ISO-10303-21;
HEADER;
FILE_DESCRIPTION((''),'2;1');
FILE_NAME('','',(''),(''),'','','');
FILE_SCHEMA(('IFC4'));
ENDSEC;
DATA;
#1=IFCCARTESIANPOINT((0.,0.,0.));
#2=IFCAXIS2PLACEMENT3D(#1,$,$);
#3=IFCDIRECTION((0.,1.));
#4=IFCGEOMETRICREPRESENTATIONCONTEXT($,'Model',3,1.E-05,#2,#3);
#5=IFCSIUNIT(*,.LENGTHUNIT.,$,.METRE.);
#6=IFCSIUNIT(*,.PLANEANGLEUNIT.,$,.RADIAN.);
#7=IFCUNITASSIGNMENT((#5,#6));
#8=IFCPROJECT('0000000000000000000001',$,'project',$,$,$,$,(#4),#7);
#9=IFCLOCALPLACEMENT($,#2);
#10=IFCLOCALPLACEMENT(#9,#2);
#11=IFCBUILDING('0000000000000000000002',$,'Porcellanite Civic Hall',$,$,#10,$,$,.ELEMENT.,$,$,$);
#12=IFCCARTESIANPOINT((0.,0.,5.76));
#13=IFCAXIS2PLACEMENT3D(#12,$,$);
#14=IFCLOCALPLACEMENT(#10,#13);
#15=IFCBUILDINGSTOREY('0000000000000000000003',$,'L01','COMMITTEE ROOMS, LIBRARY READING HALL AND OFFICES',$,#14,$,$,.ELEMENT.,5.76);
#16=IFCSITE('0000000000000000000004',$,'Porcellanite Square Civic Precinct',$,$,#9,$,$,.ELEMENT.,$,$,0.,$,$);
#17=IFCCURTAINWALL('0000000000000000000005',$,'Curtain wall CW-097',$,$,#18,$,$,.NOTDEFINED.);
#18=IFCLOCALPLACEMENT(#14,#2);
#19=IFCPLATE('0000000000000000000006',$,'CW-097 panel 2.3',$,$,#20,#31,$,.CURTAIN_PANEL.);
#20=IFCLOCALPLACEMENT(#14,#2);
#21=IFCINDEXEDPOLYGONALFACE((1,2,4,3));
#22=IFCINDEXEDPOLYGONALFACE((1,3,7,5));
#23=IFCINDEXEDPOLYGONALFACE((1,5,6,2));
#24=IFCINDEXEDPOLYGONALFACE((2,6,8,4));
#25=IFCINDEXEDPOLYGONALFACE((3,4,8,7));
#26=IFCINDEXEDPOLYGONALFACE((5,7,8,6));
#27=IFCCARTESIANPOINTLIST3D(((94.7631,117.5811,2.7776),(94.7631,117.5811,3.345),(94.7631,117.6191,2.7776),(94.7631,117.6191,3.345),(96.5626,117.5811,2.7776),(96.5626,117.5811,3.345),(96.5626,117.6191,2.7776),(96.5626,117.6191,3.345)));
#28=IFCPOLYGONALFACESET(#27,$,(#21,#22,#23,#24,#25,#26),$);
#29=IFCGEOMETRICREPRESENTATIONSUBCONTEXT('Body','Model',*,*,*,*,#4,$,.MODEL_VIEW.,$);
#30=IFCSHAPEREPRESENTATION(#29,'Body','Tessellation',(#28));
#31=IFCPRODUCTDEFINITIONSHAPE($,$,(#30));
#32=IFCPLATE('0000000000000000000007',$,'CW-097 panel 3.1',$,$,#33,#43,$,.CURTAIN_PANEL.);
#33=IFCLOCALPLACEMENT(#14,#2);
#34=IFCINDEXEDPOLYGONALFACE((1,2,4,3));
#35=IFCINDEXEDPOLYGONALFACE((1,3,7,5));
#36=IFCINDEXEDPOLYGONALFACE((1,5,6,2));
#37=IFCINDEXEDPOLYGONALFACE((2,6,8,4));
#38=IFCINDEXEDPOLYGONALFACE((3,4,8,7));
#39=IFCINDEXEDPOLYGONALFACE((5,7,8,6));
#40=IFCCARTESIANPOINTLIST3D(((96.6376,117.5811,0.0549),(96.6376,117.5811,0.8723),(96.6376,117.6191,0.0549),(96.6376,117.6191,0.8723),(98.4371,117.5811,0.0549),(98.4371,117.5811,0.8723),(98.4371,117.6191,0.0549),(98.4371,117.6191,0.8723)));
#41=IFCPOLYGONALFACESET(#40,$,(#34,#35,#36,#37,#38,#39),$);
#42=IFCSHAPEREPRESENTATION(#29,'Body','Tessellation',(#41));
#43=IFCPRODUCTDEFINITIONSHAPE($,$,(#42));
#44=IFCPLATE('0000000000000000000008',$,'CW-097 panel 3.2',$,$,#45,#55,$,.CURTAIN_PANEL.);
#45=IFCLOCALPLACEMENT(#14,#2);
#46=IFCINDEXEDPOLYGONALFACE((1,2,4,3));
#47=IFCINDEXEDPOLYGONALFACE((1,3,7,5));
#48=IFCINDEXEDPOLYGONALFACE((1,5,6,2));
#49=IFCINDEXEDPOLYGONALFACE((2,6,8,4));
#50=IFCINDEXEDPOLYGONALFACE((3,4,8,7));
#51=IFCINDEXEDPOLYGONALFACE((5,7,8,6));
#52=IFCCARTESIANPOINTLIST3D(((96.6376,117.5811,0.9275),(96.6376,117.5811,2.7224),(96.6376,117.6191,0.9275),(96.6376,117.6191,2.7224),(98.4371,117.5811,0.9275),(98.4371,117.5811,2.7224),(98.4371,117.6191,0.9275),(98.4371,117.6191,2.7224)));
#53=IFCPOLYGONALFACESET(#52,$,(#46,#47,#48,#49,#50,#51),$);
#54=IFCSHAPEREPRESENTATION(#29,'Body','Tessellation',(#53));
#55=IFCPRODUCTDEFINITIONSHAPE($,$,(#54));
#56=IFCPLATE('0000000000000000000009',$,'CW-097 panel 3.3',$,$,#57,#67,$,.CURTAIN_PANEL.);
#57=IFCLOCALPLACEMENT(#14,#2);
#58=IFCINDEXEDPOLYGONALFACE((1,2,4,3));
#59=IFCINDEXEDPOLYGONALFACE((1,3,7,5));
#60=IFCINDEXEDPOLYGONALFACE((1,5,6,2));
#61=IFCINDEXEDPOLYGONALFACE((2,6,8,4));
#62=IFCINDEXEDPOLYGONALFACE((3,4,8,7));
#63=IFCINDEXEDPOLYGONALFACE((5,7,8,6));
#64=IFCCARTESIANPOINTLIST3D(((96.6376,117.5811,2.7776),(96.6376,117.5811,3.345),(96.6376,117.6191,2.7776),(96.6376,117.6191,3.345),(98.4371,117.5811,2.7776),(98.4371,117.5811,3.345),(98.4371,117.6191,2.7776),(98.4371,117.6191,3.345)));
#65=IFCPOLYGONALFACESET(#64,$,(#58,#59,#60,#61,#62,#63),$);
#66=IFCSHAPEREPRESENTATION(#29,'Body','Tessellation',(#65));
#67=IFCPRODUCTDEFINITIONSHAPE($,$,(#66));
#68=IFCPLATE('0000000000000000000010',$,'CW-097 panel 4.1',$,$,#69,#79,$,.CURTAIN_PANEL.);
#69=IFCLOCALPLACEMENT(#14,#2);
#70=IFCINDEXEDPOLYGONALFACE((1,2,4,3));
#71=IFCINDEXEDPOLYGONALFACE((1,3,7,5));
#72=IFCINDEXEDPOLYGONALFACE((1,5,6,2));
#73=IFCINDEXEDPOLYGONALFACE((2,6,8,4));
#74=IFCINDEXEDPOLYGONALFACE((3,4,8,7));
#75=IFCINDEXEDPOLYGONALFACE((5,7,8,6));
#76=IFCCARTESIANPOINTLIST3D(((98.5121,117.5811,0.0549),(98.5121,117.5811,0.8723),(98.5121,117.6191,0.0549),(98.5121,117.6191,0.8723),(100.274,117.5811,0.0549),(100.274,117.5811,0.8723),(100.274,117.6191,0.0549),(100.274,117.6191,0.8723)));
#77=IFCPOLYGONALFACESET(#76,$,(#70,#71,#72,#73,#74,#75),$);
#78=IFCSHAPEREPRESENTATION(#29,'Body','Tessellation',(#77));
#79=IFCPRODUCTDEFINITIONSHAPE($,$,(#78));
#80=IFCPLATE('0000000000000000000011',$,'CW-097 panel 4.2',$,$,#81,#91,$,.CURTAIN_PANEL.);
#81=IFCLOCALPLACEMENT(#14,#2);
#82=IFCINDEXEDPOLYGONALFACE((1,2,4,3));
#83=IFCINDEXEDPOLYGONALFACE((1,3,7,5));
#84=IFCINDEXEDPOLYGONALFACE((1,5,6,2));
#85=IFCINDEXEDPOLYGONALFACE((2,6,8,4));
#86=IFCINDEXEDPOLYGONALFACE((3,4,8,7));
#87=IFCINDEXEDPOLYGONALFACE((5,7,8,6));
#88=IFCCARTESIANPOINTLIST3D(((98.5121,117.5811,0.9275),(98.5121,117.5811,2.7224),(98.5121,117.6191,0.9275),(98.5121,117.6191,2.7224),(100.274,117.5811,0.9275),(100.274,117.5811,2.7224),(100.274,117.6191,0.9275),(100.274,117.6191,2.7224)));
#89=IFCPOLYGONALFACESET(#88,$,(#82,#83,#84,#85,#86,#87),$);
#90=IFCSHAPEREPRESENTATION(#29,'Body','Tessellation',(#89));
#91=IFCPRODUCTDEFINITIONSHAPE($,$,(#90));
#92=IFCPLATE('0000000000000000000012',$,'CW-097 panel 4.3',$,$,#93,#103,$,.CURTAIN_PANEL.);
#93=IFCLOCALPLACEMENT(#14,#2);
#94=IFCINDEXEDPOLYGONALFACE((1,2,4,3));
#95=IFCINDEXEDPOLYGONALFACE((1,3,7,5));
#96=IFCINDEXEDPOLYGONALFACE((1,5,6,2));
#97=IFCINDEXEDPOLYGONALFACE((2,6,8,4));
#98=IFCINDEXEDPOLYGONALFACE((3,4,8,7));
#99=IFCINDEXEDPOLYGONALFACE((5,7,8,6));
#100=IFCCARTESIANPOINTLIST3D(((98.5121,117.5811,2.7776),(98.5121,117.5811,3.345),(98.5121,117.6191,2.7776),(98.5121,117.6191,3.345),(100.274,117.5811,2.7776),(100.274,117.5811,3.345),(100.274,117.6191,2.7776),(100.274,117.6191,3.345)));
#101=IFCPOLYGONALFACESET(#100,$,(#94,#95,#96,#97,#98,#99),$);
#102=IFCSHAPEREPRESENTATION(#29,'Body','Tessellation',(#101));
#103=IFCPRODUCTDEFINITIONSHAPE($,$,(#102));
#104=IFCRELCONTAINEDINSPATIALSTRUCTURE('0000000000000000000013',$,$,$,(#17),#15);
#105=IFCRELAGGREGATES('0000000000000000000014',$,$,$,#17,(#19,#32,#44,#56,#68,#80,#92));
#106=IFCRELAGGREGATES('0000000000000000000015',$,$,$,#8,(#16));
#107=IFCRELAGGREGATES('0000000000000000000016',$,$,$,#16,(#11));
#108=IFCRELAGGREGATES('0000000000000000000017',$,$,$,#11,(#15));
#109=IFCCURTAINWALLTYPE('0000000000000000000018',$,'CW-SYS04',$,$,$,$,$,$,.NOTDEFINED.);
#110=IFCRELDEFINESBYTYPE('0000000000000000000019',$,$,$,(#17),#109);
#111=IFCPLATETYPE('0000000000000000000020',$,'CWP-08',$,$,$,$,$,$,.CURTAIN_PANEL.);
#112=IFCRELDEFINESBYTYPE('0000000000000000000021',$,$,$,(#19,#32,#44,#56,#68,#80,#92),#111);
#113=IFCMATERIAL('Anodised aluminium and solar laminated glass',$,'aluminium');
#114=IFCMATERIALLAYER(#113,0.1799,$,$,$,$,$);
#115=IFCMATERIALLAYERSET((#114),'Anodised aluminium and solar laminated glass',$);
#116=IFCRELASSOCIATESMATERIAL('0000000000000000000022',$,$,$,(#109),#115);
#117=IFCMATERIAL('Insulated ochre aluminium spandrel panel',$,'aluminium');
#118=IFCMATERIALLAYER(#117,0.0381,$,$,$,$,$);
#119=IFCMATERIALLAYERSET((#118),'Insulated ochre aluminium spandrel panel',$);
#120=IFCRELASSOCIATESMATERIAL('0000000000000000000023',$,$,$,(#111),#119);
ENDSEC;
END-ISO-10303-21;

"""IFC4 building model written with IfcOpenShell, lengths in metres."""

from ifc_helpers import new_model, si_unit, direction, frame, origin, origin_2d, place, context, subcontext, project, spatial, rectangle, extrude, material, layer, layer_set, type_object, element, aggregate, save


model = new_model("IFC4")

# Units and contexts
model_context = context("Model", 3, precision=1e-05, world=origin(), true_north=direction((0.0, 1.0)))
body_context = subcontext(model_context, "Body", "Model", "MODEL_VIEW")
ifc_project = project(units=[si_unit("LENGTHUNIT", "METRE"), si_unit("PLANEANGLEUNIT", "RADIAN")], contexts=[model_context])

# Site, building, storey
site_placement = place(None, origin())
site = spatial("IfcSite", under=ifc_project, at=site_placement, Name="Porcellanite Square Civic Precinct", CompositionType="ELEMENT", RefElevation=0.0)
building_placement = place(site_placement, origin())
building = spatial("IfcBuilding", under=site, at=building_placement, Name="Porcellanite Civic Hall", CompositionType="ELEMENT")
storey_placement = place(building_placement, frame((0.0, 0.0, 5.76)))
storey = spatial("IfcBuildingStorey", under=building, at=storey_placement, Name="L01", Description="COMMITTEE ROOMS, LIBRARY READING HALL AND OFFICES", CompositionType="ELEMENT", Elevation=5.76)

# Curtain wall
ifc_material_1 = material(Name="Anodised aluminium and solar laminated glass", Category="aluminium")
ifc_layer_1 = layer(ifc_material_1, 0.1799)
ifc_layer_set_1 = layer_set([ifc_layer_1], Name="Anodised aluminium and solar laminated glass")
curtain_wall_type = type_object("IfcCurtainWallType", Name="CW-SYS04", PredefinedType="NOTDEFINED", material=ifc_layer_set_1)
curtain_wall_placement = place(storey_placement, origin())
curtain_wall = element("IfcCurtainWall", 1, at=curtain_wall_placement, inside=storey, type_object=curtain_wall_type, Name="Curtain wall CW-097", PredefinedType="NOTDEFINED")

# Plates
ifc_material_2 = material(Name="Insulated ochre aluminium spandrel panel", Category="aluminium")
ifc_layer_2 = layer(ifc_material_2, 0.0381)
ifc_layer_set_2 = layer_set([ifc_layer_2], Name="Insulated ochre aluminium spandrel panel")
plate_type = type_object("IfcPlateType", Name="CWP-08", PredefinedType="CURTAIN_PANEL", material=ifc_layer_set_2)
plate_1_placement = place(storey_placement, frame((95.6628, 117.6001, 2.7776), z_axis=(0.0, 0.0, 1.0), x_axis=(1.0, 0.0, 0.0)))
plate_1 = element("IfcPlate", 2, at=plate_1_placement, type_object=plate_type, Name="CW-097 panel 2.3", PredefinedType="CURTAIN_PANEL", context=body_context, shape_type="SweptSolid", body=[
    extrude(rectangle(XDim=1.7996, YDim=0.0381, at=origin_2d()), origin(), (0.0, 0.0, 1.0), 0.5674),
])
plate_2_placement = place(storey_placement, frame((97.5374, 117.6001, 0.0549), z_axis=(0.0, 0.0, 1.0), x_axis=(1.0, 0.0, 0.0)))
plate_2 = element("IfcPlate", 3, at=plate_2_placement, type_object=plate_type, Name="CW-097 panel 3.1", PredefinedType="CURTAIN_PANEL", context=body_context, shape_type="SweptSolid", body=[
    extrude(rectangle(XDim=1.7996, YDim=0.0381, at=origin_2d()), origin(), (0.0, 0.0, 1.0), 0.8174),
])
plate_3_placement = place(storey_placement, frame((97.5374, 117.6001, 0.9275), z_axis=(0.0, 0.0, 1.0), x_axis=(1.0, 0.0, 0.0)))
plate_3 = element("IfcPlate", 4, at=plate_3_placement, type_object=plate_type, Name="CW-097 panel 3.2", PredefinedType="CURTAIN_PANEL", context=body_context, shape_type="SweptSolid", body=[
    extrude(rectangle(XDim=1.7996, YDim=0.0381, at=origin_2d()), origin(), (0.0, 0.0, 1.0), 1.7949),
])
plate_4_placement = place(storey_placement, frame((97.5374, 117.6001, 2.7776), z_axis=(0.0, 0.0, 1.0), x_axis=(1.0, 0.0, 0.0)))
plate_4 = element("IfcPlate", 5, at=plate_4_placement, type_object=plate_type, Name="CW-097 panel 3.3", PredefinedType="CURTAIN_PANEL", context=body_context, shape_type="SweptSolid", body=[
    extrude(rectangle(XDim=1.7996, YDim=0.0381, at=origin_2d()), origin(), (0.0, 0.0, 1.0), 0.5674),
])
plate_5_placement = place(storey_placement, frame((99.3931, 117.6001, 0.0549), z_axis=(0.0, 0.0, 1.0), x_axis=(1.0, 0.0, 0.0)))
plate_5 = element("IfcPlate", 6, at=plate_5_placement, type_object=plate_type, Name="CW-097 panel 4.1", PredefinedType="CURTAIN_PANEL", context=body_context, shape_type="SweptSolid", body=[
    extrude(rectangle(XDim=1.762, YDim=0.0381, at=origin_2d()), origin(), (0.0, 0.0, 1.0), 0.8174),
])
plate_6_placement = place(storey_placement, frame((99.3931, 117.6001, 0.9275), z_axis=(0.0, 0.0, 1.0), x_axis=(1.0, 0.0, 0.0)))
plate_6 = element("IfcPlate", 7, at=plate_6_placement, type_object=plate_type, Name="CW-097 panel 4.2", PredefinedType="CURTAIN_PANEL", context=body_context, shape_type="SweptSolid", body=[
    extrude(rectangle(XDim=1.762, YDim=0.0381, at=origin_2d()), origin(), (0.0, 0.0, 1.0), 1.7949),
])
plate_7_placement = place(storey_placement, frame((99.3931, 117.6001, 2.7776), z_axis=(0.0, 0.0, 1.0), x_axis=(1.0, 0.0, 0.0)))
plate_7 = element("IfcPlate", 8, at=plate_7_placement, type_object=plate_type, Name="CW-097 panel 4.3", PredefinedType="CURTAIN_PANEL", context=body_context, shape_type="SweptSolid", body=[
    extrude(rectangle(XDim=1.762, YDim=0.0381, at=origin_2d()), origin(), (0.0, 0.0, 1.0), 0.5674),
])
aggregate(curtain_wall, [plate_1, plate_2, plate_3, plate_4, plate_5, plate_6, plate_7])

save(model, "model.ifc")
